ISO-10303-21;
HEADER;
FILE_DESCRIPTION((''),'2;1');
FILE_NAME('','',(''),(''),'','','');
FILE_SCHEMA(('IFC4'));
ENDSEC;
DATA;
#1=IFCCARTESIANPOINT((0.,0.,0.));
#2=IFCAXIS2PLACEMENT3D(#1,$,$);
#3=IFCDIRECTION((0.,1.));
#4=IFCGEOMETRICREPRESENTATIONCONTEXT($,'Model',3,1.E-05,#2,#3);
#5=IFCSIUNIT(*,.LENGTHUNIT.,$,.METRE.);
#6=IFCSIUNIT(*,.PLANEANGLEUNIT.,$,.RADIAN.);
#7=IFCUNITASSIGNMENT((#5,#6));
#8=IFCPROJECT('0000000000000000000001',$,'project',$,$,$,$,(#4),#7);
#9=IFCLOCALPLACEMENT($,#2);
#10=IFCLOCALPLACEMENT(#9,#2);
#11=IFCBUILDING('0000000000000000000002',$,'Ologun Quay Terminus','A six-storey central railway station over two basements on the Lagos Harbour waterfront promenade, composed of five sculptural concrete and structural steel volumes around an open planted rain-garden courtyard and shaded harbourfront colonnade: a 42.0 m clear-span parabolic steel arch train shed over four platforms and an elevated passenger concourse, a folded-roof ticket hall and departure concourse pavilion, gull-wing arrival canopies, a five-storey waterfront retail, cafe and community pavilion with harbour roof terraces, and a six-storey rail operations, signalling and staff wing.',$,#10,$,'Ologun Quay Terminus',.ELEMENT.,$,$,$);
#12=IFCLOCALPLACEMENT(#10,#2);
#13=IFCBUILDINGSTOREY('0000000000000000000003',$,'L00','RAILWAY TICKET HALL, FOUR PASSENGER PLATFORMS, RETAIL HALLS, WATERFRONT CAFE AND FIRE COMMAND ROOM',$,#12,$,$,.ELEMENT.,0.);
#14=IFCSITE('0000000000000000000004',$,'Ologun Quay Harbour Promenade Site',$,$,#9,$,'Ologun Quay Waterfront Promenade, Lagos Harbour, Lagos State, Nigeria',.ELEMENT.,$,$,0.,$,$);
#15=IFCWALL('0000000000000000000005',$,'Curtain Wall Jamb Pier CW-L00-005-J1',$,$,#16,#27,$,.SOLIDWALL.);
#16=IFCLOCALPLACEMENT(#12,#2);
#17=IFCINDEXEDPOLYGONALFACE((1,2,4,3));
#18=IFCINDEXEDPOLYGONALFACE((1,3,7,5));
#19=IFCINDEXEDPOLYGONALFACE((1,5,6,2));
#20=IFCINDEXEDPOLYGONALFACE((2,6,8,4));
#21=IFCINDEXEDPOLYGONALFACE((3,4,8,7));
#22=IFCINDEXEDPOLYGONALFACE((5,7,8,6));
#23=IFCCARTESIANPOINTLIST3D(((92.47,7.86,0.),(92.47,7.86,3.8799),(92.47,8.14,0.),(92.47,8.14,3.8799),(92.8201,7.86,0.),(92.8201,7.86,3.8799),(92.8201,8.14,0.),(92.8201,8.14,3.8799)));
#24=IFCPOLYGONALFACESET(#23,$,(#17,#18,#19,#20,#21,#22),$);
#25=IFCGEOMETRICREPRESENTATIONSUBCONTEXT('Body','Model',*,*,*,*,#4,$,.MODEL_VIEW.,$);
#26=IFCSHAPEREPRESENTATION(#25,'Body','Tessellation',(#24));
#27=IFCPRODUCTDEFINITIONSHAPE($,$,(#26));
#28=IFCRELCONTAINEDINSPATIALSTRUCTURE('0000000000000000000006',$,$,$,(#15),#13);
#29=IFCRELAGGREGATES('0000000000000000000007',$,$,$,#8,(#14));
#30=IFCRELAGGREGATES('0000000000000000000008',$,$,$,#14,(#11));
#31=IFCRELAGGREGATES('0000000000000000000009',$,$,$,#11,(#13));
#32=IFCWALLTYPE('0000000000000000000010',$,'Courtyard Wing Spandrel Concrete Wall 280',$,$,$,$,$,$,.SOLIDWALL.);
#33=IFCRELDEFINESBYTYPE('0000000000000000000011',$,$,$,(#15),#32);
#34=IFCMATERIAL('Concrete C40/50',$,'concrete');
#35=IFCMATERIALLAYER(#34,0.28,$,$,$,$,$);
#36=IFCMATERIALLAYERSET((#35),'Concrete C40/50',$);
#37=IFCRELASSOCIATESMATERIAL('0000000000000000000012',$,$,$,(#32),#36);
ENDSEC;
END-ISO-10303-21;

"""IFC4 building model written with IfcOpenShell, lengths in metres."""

from ifc_helpers import new_model, si_unit, direction, frame, frame_2d, origin, place, context, subcontext, project, spatial, rectangle, extrude, material, layer, layer_set, type_object, element, save


model = new_model("IFC4")

# Units and contexts
model_context = context("Model", 3, precision=1e-05, world=origin(), true_north=direction((0.0, 1.0)))
body_context = subcontext(model_context, "Body", "Model", "MODEL_VIEW")
ifc_project = project(units=[si_unit("LENGTHUNIT", "METRE"), si_unit("PLANEANGLEUNIT", "RADIAN")], contexts=[model_context])

# Site, building, storey
site_placement = place(None, origin())
site = spatial("IfcSite", under=ifc_project, at=site_placement, Name="Ologun Quay Harbour Promenade Site", LongName="Ologun Quay Waterfront Promenade, Lagos Harbour, Lagos State, Nigeria", CompositionType="ELEMENT", RefElevation=0.0)
building_placement = place(site_placement, origin())
building = spatial("IfcBuilding", under=site, at=building_placement, Name="Ologun Quay Terminus", Description="A six-storey central railway station over two basements on the Lagos Harbour waterfront promenade, composed of five sculptural concrete and structural steel volumes around an open planted rain-garden courtyard and shaded harbourfront colonnade: a 42.0 m clear-span parabolic steel arch train shed over four platforms and an elevated passenger concourse, a folded-roof ticket hall and departure concourse pavilion, gull-wing arrival canopies, a five-storey waterfront retail, cafe and community pavilion with harbour roof terraces, and a six-storey rail operations, signalling and staff wing.", LongName="Ologun Quay Terminus", CompositionType="ELEMENT")
storey_placement = place(building_placement, origin())
storey = spatial("IfcBuildingStorey", under=building, at=storey_placement, Name="L00", Description="RAILWAY TICKET HALL, FOUR PASSENGER PLATFORMS, RETAIL HALLS, WATERFRONT CAFE AND FIRE COMMAND ROOM", CompositionType="ELEMENT", Elevation=0.0)

# Wall
ifc_material_1 = material(Name="Concrete C40/50", Category="concrete")
ifc_layer_1 = layer(ifc_material_1, 0.28)
ifc_layer_set_1 = layer_set([ifc_layer_1], Name="Concrete C40/50")
wall_type = type_object("IfcWallType", Name="Courtyard Wing Spandrel Concrete Wall 280", PredefinedType="SOLIDWALL", material=ifc_layer_set_1)
wall_placement = place(storey_placement, frame((92.47, 8.0, 0.0), z_axis=(0.0, 0.0, 1.0), x_axis=(1.0, 0.0, 0.0)))
element("IfcWall", 1, at=wall_placement, inside=storey, type_object=wall_type, Name="Curtain Wall Jamb Pier CW-L00-005-J1", PredefinedType="SOLIDWALL", context=body_context, shape_type="SweptSolid", body=[
    extrude(rectangle(XDim=0.3501, YDim=0.28, at=frame_2d((0.175, 0.0))), origin(), (0.0, 0.0, 1.0), 3.8799),
])

save(model, "model.ifc")
